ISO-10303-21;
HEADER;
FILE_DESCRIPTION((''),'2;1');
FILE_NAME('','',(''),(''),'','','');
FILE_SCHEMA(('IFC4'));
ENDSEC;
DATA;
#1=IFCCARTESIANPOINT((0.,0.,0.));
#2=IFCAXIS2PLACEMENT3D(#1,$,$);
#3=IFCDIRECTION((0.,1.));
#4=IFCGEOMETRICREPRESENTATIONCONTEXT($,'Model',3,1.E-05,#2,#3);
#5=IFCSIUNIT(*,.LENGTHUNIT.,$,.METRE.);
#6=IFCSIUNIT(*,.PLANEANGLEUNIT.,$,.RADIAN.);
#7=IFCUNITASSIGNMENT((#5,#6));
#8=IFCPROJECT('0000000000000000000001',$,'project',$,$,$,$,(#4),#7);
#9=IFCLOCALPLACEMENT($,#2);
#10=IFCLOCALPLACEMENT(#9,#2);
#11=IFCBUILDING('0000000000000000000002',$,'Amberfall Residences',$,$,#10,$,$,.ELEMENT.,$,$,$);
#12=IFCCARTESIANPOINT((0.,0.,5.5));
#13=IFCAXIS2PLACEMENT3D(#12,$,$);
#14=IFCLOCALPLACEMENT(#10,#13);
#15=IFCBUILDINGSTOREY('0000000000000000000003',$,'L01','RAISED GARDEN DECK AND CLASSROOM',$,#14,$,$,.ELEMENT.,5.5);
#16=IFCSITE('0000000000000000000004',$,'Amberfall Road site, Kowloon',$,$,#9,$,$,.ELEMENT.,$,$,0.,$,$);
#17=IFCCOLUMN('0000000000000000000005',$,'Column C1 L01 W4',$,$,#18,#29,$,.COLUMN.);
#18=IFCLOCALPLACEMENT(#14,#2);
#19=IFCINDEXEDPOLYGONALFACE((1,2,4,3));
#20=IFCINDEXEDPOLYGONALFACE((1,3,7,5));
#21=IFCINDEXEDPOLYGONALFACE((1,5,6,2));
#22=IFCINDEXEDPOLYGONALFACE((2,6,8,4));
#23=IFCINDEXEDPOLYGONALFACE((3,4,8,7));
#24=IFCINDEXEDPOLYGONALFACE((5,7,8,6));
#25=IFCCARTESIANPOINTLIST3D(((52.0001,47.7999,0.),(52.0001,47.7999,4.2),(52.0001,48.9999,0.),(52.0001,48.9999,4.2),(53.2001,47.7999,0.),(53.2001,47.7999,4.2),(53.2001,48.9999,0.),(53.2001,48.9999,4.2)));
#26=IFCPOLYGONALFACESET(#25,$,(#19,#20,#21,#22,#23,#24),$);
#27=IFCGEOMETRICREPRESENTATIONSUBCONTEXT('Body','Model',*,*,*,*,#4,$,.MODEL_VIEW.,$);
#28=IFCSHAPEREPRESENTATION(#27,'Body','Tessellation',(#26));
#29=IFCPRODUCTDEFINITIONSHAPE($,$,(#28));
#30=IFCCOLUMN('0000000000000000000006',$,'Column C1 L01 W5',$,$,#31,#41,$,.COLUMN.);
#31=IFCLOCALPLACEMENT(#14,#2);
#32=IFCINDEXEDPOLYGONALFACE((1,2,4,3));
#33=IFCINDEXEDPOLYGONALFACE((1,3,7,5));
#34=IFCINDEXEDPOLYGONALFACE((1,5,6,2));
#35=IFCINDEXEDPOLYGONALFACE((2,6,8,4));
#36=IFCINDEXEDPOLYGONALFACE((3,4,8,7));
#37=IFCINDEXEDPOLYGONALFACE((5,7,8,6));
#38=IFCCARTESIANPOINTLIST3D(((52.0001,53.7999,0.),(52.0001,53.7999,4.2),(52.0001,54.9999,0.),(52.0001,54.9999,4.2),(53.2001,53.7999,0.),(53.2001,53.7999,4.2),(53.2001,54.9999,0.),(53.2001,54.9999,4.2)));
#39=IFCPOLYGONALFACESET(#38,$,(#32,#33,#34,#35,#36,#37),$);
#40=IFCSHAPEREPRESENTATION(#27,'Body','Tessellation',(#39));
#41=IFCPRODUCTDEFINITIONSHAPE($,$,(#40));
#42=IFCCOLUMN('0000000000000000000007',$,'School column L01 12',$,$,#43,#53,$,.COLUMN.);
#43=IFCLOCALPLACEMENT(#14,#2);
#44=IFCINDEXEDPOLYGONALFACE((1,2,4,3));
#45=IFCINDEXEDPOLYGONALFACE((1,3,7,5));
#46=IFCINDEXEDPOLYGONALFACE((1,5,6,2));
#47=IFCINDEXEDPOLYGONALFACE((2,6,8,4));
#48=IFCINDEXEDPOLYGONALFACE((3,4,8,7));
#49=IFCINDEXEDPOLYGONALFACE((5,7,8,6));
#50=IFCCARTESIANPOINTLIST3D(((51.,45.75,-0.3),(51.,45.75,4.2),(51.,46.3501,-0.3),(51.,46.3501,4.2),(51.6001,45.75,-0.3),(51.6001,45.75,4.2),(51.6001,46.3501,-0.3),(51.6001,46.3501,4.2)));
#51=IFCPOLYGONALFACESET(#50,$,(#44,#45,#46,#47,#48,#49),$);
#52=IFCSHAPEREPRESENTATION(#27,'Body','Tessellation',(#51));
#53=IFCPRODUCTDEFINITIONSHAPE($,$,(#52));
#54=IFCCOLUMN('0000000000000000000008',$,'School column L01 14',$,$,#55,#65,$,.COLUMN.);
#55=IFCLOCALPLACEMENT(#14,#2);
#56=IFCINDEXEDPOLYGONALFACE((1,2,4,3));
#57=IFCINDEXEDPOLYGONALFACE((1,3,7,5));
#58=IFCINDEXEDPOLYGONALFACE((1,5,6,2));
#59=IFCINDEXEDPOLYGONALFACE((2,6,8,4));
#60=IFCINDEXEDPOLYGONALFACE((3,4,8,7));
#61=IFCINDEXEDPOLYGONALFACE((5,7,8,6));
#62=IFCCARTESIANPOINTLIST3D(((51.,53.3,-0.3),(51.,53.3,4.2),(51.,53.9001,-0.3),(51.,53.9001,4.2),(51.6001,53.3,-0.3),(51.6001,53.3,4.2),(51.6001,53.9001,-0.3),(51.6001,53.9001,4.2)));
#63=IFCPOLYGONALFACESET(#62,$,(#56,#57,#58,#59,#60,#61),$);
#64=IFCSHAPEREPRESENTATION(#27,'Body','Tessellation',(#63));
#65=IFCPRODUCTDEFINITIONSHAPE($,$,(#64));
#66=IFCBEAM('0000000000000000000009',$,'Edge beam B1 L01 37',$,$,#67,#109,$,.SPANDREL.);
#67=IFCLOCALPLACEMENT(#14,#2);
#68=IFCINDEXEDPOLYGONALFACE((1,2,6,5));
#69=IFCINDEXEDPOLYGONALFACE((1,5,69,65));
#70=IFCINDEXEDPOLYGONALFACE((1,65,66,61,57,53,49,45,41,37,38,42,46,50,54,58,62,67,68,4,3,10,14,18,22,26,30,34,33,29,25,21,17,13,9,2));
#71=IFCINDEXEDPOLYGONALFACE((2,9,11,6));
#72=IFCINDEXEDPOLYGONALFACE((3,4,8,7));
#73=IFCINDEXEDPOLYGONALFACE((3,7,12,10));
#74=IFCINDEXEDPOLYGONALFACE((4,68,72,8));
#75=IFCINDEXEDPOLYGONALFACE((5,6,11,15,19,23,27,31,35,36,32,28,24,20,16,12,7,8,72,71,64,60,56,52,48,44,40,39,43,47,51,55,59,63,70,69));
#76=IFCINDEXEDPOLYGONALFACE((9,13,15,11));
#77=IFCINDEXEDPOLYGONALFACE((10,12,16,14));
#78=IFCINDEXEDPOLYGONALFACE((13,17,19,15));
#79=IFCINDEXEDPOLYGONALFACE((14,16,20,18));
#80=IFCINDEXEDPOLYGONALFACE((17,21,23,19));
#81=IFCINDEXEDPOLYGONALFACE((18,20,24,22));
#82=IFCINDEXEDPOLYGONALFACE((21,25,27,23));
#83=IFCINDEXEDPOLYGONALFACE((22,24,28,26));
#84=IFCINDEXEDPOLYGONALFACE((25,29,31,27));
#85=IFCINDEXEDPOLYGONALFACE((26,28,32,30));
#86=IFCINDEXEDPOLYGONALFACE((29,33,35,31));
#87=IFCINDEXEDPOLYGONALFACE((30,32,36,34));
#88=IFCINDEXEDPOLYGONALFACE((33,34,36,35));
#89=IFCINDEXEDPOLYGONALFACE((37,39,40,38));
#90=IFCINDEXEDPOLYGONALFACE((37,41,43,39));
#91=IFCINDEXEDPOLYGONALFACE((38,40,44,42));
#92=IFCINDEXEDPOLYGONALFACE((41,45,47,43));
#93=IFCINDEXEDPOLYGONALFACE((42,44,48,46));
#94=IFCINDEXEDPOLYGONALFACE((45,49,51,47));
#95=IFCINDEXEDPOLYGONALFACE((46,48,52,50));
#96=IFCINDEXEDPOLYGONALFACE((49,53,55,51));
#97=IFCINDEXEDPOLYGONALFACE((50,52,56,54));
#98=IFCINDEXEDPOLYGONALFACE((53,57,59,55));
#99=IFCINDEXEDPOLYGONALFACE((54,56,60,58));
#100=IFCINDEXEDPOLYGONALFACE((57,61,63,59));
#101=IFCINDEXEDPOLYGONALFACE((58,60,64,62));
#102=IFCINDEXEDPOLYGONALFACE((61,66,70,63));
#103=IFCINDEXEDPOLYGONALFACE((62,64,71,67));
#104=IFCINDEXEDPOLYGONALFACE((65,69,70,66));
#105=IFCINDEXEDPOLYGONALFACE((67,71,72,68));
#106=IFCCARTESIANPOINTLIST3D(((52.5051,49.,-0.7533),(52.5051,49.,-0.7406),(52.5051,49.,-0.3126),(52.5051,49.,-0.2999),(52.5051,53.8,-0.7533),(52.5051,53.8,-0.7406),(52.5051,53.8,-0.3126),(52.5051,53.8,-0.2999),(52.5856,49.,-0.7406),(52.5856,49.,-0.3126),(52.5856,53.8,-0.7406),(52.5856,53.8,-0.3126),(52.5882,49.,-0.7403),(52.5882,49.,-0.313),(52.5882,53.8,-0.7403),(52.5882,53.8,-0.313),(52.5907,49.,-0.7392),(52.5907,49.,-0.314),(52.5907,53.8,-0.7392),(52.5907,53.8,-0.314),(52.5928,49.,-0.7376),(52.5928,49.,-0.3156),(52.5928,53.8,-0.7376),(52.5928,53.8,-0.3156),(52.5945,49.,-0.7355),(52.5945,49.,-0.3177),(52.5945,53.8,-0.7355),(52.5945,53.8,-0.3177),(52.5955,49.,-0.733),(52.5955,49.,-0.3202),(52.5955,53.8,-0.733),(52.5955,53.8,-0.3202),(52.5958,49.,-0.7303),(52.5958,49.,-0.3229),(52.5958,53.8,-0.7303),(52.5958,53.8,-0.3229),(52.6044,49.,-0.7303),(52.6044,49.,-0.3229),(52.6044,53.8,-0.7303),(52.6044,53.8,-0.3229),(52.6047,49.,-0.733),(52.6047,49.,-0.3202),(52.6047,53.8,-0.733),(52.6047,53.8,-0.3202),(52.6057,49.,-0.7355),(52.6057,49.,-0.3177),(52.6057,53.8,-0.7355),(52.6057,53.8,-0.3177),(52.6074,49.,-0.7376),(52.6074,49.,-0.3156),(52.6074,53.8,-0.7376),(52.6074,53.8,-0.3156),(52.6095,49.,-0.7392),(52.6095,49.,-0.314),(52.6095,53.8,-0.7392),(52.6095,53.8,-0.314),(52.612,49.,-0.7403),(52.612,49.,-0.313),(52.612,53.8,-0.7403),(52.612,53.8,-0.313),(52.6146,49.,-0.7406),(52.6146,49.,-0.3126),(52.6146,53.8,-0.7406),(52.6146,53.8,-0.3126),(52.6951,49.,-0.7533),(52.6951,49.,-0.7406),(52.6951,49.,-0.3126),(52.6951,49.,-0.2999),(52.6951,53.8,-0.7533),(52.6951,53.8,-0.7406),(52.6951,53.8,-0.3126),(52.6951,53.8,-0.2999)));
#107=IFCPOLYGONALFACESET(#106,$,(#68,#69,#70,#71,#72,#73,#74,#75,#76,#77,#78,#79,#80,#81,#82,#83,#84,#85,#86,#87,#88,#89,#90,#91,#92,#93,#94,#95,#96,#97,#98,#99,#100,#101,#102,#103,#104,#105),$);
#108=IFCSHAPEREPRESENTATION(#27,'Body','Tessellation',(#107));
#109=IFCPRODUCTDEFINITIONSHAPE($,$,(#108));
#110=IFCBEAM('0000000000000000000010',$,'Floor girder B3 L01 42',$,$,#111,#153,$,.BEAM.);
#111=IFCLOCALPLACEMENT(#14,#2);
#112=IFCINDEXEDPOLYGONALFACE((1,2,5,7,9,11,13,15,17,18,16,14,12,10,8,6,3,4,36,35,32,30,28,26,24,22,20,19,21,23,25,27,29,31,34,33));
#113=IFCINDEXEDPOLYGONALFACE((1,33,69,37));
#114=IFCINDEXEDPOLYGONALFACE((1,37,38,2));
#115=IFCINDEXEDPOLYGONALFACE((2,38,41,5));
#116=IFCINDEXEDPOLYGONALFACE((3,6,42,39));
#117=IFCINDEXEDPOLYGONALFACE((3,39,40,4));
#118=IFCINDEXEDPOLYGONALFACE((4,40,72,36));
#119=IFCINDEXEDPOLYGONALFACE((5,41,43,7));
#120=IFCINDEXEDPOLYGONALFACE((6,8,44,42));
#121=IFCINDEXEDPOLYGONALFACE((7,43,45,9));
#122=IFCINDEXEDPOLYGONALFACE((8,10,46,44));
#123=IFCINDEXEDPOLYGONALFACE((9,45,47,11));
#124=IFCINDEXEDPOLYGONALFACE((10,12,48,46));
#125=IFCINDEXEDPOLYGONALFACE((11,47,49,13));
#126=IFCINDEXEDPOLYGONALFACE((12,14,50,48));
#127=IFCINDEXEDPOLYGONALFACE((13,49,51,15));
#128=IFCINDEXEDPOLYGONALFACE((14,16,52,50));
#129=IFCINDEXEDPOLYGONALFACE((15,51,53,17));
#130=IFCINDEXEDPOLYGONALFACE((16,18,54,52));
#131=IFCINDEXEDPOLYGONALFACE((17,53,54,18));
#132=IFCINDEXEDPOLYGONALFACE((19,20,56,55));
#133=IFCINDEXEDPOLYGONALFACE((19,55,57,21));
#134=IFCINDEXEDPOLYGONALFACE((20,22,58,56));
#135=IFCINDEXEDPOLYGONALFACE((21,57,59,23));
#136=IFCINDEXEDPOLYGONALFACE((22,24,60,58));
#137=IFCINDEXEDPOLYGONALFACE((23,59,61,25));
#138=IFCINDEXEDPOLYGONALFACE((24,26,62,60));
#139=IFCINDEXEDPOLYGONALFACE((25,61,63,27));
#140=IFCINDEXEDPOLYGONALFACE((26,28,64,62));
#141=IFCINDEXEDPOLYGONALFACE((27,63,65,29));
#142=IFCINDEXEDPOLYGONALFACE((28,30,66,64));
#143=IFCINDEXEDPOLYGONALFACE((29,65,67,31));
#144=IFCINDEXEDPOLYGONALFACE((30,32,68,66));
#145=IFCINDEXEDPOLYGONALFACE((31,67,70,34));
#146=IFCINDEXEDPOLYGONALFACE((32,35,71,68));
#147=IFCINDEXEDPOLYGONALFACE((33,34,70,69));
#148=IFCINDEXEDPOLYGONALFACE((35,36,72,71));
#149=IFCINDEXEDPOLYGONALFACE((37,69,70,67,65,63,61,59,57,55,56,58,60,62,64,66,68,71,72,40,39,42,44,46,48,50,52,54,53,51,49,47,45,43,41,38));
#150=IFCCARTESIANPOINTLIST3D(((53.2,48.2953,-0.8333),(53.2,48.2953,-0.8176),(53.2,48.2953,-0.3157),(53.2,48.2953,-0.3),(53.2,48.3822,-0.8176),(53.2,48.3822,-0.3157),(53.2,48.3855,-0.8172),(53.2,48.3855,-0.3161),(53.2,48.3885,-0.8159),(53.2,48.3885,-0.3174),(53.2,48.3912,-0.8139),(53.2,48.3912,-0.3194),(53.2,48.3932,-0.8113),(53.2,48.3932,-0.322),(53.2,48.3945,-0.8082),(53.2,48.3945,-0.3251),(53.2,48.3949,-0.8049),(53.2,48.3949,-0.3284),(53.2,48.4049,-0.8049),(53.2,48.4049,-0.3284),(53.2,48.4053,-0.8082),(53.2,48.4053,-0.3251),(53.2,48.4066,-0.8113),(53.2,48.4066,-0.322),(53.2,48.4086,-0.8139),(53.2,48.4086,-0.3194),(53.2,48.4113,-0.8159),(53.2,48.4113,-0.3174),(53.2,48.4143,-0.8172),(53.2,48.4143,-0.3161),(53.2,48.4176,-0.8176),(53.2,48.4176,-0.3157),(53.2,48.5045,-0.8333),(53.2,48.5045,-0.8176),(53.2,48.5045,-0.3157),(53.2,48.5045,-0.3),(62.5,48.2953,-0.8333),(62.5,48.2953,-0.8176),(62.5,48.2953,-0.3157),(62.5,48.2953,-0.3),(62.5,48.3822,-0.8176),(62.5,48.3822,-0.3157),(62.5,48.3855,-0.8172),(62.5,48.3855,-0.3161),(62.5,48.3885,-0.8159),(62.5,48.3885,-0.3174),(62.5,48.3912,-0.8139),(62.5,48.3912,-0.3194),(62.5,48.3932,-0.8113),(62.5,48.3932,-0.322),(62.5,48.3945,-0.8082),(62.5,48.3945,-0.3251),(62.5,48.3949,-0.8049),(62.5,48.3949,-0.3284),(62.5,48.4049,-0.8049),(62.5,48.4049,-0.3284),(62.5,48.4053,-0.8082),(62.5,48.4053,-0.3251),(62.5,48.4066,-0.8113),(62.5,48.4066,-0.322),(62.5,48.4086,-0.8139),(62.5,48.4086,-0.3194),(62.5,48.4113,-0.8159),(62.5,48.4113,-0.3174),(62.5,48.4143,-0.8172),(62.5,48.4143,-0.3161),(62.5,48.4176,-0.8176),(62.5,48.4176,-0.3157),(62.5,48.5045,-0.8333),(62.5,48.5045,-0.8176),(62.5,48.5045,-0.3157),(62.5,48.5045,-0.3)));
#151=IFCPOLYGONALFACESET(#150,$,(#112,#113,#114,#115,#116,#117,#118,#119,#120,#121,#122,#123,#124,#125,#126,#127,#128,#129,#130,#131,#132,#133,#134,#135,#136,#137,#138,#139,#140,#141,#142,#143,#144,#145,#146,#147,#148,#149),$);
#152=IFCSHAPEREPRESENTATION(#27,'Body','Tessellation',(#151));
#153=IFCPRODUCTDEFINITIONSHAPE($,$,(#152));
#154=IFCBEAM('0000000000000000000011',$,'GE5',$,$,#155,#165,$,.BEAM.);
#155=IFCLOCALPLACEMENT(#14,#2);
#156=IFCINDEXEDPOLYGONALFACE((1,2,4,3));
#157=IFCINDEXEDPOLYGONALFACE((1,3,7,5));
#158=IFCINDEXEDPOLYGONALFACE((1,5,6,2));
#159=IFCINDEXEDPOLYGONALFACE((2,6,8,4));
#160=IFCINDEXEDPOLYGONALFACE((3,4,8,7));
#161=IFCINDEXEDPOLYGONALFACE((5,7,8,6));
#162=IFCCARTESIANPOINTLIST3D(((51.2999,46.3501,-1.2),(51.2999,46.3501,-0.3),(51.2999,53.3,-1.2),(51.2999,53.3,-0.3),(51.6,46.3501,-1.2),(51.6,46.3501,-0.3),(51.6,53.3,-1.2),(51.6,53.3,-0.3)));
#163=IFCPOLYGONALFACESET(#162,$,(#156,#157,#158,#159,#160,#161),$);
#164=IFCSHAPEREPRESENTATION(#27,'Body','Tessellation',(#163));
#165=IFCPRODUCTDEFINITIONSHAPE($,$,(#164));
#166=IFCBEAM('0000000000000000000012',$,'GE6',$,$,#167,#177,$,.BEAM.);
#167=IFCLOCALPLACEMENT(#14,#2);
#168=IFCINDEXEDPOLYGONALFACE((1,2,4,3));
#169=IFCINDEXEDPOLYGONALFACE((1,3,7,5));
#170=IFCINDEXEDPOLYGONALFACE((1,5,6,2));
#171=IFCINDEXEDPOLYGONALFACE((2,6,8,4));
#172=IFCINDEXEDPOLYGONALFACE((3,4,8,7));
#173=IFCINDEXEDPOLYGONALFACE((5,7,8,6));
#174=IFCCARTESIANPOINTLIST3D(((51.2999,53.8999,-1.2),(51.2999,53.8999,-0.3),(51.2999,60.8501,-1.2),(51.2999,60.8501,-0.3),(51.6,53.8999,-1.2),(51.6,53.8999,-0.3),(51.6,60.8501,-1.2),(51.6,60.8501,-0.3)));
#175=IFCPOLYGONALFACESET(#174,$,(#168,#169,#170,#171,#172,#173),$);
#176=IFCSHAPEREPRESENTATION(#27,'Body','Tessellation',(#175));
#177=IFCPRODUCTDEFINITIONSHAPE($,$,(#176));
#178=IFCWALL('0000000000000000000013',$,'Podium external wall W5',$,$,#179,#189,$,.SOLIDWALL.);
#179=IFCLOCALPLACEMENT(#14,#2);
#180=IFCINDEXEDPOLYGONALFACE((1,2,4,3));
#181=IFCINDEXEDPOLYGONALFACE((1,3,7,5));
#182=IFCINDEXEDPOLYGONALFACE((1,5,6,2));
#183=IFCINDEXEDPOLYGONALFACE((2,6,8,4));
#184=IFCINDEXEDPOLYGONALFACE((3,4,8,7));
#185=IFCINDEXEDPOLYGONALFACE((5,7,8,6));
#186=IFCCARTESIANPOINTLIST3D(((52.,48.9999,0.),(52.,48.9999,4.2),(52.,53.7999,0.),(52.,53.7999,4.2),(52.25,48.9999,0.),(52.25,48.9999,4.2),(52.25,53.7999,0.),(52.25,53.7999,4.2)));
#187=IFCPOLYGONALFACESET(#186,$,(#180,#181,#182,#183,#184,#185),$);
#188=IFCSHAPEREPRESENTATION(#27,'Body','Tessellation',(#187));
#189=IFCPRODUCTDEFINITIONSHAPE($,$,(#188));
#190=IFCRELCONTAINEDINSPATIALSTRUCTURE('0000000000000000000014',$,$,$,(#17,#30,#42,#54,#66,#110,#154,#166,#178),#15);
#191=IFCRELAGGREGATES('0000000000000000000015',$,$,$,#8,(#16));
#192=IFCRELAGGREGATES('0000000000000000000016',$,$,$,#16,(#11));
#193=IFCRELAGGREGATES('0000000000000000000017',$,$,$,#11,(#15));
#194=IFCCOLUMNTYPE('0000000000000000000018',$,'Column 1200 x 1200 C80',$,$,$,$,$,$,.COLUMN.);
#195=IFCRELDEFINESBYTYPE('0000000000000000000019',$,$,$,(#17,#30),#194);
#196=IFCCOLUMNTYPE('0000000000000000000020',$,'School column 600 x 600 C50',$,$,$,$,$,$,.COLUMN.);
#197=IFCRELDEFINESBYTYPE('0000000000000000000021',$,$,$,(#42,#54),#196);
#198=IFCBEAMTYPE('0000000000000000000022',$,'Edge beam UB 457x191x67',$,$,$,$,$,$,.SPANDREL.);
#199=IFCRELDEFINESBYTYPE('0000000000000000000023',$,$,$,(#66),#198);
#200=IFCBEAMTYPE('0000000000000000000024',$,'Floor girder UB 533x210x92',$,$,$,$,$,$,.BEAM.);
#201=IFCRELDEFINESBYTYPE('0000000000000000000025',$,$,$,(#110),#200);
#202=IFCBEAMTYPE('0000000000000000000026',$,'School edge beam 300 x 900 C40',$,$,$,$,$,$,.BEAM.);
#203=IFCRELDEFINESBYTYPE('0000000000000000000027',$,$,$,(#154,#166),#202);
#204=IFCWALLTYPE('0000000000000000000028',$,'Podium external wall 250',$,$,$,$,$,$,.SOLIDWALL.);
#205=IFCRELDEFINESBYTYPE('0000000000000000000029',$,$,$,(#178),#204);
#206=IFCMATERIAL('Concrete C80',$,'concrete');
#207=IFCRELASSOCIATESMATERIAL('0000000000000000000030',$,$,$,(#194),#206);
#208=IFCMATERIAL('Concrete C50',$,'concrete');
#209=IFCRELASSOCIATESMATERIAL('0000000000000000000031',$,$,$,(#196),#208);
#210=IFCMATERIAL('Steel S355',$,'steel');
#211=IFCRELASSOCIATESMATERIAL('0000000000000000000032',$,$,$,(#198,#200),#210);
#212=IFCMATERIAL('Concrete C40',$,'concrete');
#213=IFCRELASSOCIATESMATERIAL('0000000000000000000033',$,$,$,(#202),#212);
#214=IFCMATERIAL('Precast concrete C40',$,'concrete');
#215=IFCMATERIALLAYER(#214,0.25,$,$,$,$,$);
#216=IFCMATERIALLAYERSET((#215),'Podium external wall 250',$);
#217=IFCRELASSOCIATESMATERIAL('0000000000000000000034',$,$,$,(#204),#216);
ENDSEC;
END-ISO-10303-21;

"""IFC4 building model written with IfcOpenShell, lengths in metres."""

from ifc_helpers import new_model, si_unit, direction, frame, frame_2d, origin, origin_2d, place, context, subcontext, project, spatial, rectangle, i_section, extrude, material, layer, layer_set, material_profile, profile_set, type_object, element, save


model = new_model("IFC4")

# Units and contexts
model_context = context("Model", 3, precision=1e-05, world=origin(), true_north=direction((0.0, 1.0)))
body_context = subcontext(model_context, "Body", "Model", "MODEL_VIEW")
ifc_project = project(units=[si_unit("LENGTHUNIT", "METRE"), si_unit("PLANEANGLEUNIT", "RADIAN")], contexts=[model_context])

# Site, building, storey
site_placement = place(None, origin())
site = spatial("IfcSite", under=ifc_project, at=site_placement, Name="Amberfall Road site, Kowloon", CompositionType="ELEMENT", RefElevation=0.0)
building_placement = place(site_placement, origin())
building = spatial("IfcBuilding", under=site, at=building_placement, Name="Amberfall Residences", CompositionType="ELEMENT")
storey_placement = place(building_placement, frame((0.0, 0.0, 5.5)))
storey = spatial("IfcBuildingStorey", under=building, at=storey_placement, Name="L01", Description="RAISED GARDEN DECK AND CLASSROOM", CompositionType="ELEMENT", Elevation=5.5)

# Columns
ifc_material_1 = material(Name="Concrete C80", Category="concrete")
ifc_material_profile_1 = material_profile(ifc_material_1, rectangle(XDim=1.2, YDim=1.2, at=origin_2d()), Name="Column 1200 x 1200 C80")
ifc_profile_set_1 = profile_set([ifc_material_profile_1], Name="Concrete C80")
column_type_1 = type_object("IfcColumnType", Name="Column 1200 x 1200 C80", PredefinedType="COLUMN", material=ifc_profile_set_1)
for number, where, z_axis, x_axis, name in (
    (1, (52.6001, 48.3999, 0.0), (0.0, 0.0, 1.0), (1.0, 0.0, 0.0), "Column C1 L01 W4"),
    (2, (52.6001, 54.3999, 0.0), (0.0, 0.0, 1.0), (1.0, 0.0, 0.0), "Column C1 L01 W5"),
):
    element("IfcColumn", number, at=place(storey_placement, frame(where, z_axis=z_axis, x_axis=x_axis)), inside=storey, type_object=column_type_1, Name=name, PredefinedType="COLUMN", context=body_context, shape_type="SweptSolid", body=[
        extrude(rectangle(XDim=1.2, YDim=1.2, at=origin_2d()), origin(), (0.0, 0.0, 1.0), 4.2),
    ])
ifc_material_2 = material(Name="Concrete C50", Category="concrete")
ifc_material_profile_2 = material_profile(ifc_material_2, rectangle(XDim=0.6001, YDim=0.6001, at=origin_2d()), Name="School column 600 x 600 C50")
ifc_profile_set_2 = profile_set([ifc_material_profile_2], Name="Concrete C50")
column_type_2 = type_object("IfcColumnType", Name="School column 600 x 600 C50", PredefinedType="COLUMN", material=ifc_profile_set_2)
for number, where, z_axis, x_axis, name in (
    (3, (51.3, 46.05, -0.3), (0.0, 0.0, 1.0), (1.0, 0.0, 0.0), "School column L01 12"),
    (4, (51.3, 53.6001, -0.3), (0.0, 0.0, 1.0), (1.0, 0.0, 0.0), "School column L01 14"),
):
    element("IfcColumn", number, at=place(storey_placement, frame(where, z_axis=z_axis, x_axis=x_axis)), inside=storey, type_object=column_type_2, Name=name, PredefinedType="COLUMN", context=body_context, shape_type="SweptSolid", body=[
        extrude(rectangle(XDim=0.6001, YDim=0.6001, at=origin_2d()), origin(), (0.0, 0.0, 1.0), 4.5),
    ])

# Beams
ifc_material_3 = material(Name="Steel S355", Category="steel")
ifc_material_profile_3 = material_profile(ifc_material_3, i_section(OverallWidth=0.1899, OverallDepth=0.4534, WebThickness=0.0085, FlangeThickness=0.0127, FilletRadius=0.0103, at=origin_2d()), Name="UB 457x191x67")
ifc_profile_set_3 = profile_set([ifc_material_profile_3], Name="Steel S355")
beam_type_1 = type_object("IfcBeamType", Name="Edge beam UB 457x191x67", PredefinedType="SPANDREL", material=ifc_profile_set_3)
beam_1_placement = place(storey_placement, frame((52.6001, 49.0, -0.5266), z_axis=(0.0, 1.0, 0.0), x_axis=(-1.0, 0.0, 0.0)))
element("IfcBeam", 5, at=beam_1_placement, inside=storey, type_object=beam_type_1, Name="Edge beam B1 L01 37", PredefinedType="SPANDREL", context=body_context, shape_type="SweptSolid", body=[
    extrude(i_section(OverallWidth=0.1899, OverallDepth=0.4534, WebThickness=0.0085, FlangeThickness=0.0127, FilletRadius=0.0103, at=origin_2d()), origin(), (0.0, 0.0, 1.0), 4.8),
])
ifc_material_profile_4 = material_profile(ifc_material_3, i_section(OverallWidth=0.2092, OverallDepth=0.5332, WebThickness=0.01, FlangeThickness=0.0156, FilletRadius=0.0127, at=origin_2d()), Name="UB 533x210x92")
ifc_profile_set_4 = profile_set([ifc_material_profile_4], Name="Steel S355")
beam_type_2 = type_object("IfcBeamType", Name="Floor girder UB 533x210x92", PredefinedType="BEAM", material=ifc_profile_set_4)
beam_2_placement = place(storey_placement, frame((53.2, 48.3999, -0.5667), z_axis=(1.0, 0.0, 0.0), x_axis=(0.0, 1.0, 0.0)))
element("IfcBeam", 6, at=beam_2_placement, inside=storey, type_object=beam_type_2, Name="Floor girder B3 L01 42", PredefinedType="BEAM", context=body_context, shape_type="SweptSolid", body=[
    extrude(i_section(OverallWidth=0.2092, OverallDepth=0.5332, WebThickness=0.01, FlangeThickness=0.0156, FilletRadius=0.0127, at=origin_2d()), origin(), (0.0, 0.0, 1.0), 9.3),
])
ifc_material_4 = material(Name="Concrete C40", Category="concrete")
ifc_material_profile_5 = material_profile(ifc_material_4, rectangle(XDim=0.3, YDim=0.8999, at=origin_2d()), Name="School edge beam 300 x 900 C40")
ifc_profile_set_5 = profile_set([ifc_material_profile_5], Name="Concrete C40")
beam_type_3 = type_object("IfcBeamType", Name="School edge beam 300 x 900 C40", PredefinedType="BEAM", material=ifc_profile_set_5)
beam_3_placement = place(storey_placement, frame((51.45, 46.3501, -0.75), z_axis=(0.0, 1.0, 0.0), x_axis=(-1.0, 0.0, 0.0)))
element("IfcBeam", 7, at=beam_3_placement, inside=storey, type_object=beam_type_3, Name="GE5", PredefinedType="BEAM", context=body_context, shape_type="SweptSolid", body=[
    extrude(rectangle(XDim=0.3, YDim=0.8999, at=origin_2d()), origin(), (0.0, 0.0, 1.0), 6.95),
])
beam_4_placement = place(storey_placement, frame((51.45, 53.8999, -0.75), z_axis=(0.0, 1.0, 0.0), x_axis=(-1.0, 0.0, 0.0)))
element("IfcBeam", 8, at=beam_4_placement, inside=storey, type_object=beam_type_3, Name="GE6", PredefinedType="BEAM", context=body_context, shape_type="SweptSolid", body=[
    extrude(rectangle(XDim=0.3, YDim=0.8999, at=origin_2d()), origin(), (0.0, 0.0, 1.0), 6.9502),
])

# Wall
ifc_material_5 = material(Name="Precast concrete C40", Category="concrete")
ifc_layer_1 = layer(ifc_material_5, 0.25)
ifc_layer_set_1 = layer_set([ifc_layer_1], Name="Podium external wall 250")
wall_type_1 = type_object("IfcWallType", Name="Podium external wall 250", PredefinedType="SOLIDWALL", material=ifc_layer_set_1)
wall_1_placement = place(storey_placement, frame((52.125, 49.0, 0.0), z_axis=(0.0, 0.0, 1.0), x_axis=(0.0, 1.0, 0.0)))
element("IfcWall", 9, at=wall_1_placement, inside=storey, type_object=wall_type_1, Name="Podium external wall W5", PredefinedType="SOLIDWALL", context=body_context, shape_type="SweptSolid", body=[
    extrude(rectangle(XDim=4.8, YDim=0.25, at=frame_2d((2.3999, 0.0))), origin(), (0.0, 0.0, 1.0), 4.2),
])

save(model, "model.ifc")
